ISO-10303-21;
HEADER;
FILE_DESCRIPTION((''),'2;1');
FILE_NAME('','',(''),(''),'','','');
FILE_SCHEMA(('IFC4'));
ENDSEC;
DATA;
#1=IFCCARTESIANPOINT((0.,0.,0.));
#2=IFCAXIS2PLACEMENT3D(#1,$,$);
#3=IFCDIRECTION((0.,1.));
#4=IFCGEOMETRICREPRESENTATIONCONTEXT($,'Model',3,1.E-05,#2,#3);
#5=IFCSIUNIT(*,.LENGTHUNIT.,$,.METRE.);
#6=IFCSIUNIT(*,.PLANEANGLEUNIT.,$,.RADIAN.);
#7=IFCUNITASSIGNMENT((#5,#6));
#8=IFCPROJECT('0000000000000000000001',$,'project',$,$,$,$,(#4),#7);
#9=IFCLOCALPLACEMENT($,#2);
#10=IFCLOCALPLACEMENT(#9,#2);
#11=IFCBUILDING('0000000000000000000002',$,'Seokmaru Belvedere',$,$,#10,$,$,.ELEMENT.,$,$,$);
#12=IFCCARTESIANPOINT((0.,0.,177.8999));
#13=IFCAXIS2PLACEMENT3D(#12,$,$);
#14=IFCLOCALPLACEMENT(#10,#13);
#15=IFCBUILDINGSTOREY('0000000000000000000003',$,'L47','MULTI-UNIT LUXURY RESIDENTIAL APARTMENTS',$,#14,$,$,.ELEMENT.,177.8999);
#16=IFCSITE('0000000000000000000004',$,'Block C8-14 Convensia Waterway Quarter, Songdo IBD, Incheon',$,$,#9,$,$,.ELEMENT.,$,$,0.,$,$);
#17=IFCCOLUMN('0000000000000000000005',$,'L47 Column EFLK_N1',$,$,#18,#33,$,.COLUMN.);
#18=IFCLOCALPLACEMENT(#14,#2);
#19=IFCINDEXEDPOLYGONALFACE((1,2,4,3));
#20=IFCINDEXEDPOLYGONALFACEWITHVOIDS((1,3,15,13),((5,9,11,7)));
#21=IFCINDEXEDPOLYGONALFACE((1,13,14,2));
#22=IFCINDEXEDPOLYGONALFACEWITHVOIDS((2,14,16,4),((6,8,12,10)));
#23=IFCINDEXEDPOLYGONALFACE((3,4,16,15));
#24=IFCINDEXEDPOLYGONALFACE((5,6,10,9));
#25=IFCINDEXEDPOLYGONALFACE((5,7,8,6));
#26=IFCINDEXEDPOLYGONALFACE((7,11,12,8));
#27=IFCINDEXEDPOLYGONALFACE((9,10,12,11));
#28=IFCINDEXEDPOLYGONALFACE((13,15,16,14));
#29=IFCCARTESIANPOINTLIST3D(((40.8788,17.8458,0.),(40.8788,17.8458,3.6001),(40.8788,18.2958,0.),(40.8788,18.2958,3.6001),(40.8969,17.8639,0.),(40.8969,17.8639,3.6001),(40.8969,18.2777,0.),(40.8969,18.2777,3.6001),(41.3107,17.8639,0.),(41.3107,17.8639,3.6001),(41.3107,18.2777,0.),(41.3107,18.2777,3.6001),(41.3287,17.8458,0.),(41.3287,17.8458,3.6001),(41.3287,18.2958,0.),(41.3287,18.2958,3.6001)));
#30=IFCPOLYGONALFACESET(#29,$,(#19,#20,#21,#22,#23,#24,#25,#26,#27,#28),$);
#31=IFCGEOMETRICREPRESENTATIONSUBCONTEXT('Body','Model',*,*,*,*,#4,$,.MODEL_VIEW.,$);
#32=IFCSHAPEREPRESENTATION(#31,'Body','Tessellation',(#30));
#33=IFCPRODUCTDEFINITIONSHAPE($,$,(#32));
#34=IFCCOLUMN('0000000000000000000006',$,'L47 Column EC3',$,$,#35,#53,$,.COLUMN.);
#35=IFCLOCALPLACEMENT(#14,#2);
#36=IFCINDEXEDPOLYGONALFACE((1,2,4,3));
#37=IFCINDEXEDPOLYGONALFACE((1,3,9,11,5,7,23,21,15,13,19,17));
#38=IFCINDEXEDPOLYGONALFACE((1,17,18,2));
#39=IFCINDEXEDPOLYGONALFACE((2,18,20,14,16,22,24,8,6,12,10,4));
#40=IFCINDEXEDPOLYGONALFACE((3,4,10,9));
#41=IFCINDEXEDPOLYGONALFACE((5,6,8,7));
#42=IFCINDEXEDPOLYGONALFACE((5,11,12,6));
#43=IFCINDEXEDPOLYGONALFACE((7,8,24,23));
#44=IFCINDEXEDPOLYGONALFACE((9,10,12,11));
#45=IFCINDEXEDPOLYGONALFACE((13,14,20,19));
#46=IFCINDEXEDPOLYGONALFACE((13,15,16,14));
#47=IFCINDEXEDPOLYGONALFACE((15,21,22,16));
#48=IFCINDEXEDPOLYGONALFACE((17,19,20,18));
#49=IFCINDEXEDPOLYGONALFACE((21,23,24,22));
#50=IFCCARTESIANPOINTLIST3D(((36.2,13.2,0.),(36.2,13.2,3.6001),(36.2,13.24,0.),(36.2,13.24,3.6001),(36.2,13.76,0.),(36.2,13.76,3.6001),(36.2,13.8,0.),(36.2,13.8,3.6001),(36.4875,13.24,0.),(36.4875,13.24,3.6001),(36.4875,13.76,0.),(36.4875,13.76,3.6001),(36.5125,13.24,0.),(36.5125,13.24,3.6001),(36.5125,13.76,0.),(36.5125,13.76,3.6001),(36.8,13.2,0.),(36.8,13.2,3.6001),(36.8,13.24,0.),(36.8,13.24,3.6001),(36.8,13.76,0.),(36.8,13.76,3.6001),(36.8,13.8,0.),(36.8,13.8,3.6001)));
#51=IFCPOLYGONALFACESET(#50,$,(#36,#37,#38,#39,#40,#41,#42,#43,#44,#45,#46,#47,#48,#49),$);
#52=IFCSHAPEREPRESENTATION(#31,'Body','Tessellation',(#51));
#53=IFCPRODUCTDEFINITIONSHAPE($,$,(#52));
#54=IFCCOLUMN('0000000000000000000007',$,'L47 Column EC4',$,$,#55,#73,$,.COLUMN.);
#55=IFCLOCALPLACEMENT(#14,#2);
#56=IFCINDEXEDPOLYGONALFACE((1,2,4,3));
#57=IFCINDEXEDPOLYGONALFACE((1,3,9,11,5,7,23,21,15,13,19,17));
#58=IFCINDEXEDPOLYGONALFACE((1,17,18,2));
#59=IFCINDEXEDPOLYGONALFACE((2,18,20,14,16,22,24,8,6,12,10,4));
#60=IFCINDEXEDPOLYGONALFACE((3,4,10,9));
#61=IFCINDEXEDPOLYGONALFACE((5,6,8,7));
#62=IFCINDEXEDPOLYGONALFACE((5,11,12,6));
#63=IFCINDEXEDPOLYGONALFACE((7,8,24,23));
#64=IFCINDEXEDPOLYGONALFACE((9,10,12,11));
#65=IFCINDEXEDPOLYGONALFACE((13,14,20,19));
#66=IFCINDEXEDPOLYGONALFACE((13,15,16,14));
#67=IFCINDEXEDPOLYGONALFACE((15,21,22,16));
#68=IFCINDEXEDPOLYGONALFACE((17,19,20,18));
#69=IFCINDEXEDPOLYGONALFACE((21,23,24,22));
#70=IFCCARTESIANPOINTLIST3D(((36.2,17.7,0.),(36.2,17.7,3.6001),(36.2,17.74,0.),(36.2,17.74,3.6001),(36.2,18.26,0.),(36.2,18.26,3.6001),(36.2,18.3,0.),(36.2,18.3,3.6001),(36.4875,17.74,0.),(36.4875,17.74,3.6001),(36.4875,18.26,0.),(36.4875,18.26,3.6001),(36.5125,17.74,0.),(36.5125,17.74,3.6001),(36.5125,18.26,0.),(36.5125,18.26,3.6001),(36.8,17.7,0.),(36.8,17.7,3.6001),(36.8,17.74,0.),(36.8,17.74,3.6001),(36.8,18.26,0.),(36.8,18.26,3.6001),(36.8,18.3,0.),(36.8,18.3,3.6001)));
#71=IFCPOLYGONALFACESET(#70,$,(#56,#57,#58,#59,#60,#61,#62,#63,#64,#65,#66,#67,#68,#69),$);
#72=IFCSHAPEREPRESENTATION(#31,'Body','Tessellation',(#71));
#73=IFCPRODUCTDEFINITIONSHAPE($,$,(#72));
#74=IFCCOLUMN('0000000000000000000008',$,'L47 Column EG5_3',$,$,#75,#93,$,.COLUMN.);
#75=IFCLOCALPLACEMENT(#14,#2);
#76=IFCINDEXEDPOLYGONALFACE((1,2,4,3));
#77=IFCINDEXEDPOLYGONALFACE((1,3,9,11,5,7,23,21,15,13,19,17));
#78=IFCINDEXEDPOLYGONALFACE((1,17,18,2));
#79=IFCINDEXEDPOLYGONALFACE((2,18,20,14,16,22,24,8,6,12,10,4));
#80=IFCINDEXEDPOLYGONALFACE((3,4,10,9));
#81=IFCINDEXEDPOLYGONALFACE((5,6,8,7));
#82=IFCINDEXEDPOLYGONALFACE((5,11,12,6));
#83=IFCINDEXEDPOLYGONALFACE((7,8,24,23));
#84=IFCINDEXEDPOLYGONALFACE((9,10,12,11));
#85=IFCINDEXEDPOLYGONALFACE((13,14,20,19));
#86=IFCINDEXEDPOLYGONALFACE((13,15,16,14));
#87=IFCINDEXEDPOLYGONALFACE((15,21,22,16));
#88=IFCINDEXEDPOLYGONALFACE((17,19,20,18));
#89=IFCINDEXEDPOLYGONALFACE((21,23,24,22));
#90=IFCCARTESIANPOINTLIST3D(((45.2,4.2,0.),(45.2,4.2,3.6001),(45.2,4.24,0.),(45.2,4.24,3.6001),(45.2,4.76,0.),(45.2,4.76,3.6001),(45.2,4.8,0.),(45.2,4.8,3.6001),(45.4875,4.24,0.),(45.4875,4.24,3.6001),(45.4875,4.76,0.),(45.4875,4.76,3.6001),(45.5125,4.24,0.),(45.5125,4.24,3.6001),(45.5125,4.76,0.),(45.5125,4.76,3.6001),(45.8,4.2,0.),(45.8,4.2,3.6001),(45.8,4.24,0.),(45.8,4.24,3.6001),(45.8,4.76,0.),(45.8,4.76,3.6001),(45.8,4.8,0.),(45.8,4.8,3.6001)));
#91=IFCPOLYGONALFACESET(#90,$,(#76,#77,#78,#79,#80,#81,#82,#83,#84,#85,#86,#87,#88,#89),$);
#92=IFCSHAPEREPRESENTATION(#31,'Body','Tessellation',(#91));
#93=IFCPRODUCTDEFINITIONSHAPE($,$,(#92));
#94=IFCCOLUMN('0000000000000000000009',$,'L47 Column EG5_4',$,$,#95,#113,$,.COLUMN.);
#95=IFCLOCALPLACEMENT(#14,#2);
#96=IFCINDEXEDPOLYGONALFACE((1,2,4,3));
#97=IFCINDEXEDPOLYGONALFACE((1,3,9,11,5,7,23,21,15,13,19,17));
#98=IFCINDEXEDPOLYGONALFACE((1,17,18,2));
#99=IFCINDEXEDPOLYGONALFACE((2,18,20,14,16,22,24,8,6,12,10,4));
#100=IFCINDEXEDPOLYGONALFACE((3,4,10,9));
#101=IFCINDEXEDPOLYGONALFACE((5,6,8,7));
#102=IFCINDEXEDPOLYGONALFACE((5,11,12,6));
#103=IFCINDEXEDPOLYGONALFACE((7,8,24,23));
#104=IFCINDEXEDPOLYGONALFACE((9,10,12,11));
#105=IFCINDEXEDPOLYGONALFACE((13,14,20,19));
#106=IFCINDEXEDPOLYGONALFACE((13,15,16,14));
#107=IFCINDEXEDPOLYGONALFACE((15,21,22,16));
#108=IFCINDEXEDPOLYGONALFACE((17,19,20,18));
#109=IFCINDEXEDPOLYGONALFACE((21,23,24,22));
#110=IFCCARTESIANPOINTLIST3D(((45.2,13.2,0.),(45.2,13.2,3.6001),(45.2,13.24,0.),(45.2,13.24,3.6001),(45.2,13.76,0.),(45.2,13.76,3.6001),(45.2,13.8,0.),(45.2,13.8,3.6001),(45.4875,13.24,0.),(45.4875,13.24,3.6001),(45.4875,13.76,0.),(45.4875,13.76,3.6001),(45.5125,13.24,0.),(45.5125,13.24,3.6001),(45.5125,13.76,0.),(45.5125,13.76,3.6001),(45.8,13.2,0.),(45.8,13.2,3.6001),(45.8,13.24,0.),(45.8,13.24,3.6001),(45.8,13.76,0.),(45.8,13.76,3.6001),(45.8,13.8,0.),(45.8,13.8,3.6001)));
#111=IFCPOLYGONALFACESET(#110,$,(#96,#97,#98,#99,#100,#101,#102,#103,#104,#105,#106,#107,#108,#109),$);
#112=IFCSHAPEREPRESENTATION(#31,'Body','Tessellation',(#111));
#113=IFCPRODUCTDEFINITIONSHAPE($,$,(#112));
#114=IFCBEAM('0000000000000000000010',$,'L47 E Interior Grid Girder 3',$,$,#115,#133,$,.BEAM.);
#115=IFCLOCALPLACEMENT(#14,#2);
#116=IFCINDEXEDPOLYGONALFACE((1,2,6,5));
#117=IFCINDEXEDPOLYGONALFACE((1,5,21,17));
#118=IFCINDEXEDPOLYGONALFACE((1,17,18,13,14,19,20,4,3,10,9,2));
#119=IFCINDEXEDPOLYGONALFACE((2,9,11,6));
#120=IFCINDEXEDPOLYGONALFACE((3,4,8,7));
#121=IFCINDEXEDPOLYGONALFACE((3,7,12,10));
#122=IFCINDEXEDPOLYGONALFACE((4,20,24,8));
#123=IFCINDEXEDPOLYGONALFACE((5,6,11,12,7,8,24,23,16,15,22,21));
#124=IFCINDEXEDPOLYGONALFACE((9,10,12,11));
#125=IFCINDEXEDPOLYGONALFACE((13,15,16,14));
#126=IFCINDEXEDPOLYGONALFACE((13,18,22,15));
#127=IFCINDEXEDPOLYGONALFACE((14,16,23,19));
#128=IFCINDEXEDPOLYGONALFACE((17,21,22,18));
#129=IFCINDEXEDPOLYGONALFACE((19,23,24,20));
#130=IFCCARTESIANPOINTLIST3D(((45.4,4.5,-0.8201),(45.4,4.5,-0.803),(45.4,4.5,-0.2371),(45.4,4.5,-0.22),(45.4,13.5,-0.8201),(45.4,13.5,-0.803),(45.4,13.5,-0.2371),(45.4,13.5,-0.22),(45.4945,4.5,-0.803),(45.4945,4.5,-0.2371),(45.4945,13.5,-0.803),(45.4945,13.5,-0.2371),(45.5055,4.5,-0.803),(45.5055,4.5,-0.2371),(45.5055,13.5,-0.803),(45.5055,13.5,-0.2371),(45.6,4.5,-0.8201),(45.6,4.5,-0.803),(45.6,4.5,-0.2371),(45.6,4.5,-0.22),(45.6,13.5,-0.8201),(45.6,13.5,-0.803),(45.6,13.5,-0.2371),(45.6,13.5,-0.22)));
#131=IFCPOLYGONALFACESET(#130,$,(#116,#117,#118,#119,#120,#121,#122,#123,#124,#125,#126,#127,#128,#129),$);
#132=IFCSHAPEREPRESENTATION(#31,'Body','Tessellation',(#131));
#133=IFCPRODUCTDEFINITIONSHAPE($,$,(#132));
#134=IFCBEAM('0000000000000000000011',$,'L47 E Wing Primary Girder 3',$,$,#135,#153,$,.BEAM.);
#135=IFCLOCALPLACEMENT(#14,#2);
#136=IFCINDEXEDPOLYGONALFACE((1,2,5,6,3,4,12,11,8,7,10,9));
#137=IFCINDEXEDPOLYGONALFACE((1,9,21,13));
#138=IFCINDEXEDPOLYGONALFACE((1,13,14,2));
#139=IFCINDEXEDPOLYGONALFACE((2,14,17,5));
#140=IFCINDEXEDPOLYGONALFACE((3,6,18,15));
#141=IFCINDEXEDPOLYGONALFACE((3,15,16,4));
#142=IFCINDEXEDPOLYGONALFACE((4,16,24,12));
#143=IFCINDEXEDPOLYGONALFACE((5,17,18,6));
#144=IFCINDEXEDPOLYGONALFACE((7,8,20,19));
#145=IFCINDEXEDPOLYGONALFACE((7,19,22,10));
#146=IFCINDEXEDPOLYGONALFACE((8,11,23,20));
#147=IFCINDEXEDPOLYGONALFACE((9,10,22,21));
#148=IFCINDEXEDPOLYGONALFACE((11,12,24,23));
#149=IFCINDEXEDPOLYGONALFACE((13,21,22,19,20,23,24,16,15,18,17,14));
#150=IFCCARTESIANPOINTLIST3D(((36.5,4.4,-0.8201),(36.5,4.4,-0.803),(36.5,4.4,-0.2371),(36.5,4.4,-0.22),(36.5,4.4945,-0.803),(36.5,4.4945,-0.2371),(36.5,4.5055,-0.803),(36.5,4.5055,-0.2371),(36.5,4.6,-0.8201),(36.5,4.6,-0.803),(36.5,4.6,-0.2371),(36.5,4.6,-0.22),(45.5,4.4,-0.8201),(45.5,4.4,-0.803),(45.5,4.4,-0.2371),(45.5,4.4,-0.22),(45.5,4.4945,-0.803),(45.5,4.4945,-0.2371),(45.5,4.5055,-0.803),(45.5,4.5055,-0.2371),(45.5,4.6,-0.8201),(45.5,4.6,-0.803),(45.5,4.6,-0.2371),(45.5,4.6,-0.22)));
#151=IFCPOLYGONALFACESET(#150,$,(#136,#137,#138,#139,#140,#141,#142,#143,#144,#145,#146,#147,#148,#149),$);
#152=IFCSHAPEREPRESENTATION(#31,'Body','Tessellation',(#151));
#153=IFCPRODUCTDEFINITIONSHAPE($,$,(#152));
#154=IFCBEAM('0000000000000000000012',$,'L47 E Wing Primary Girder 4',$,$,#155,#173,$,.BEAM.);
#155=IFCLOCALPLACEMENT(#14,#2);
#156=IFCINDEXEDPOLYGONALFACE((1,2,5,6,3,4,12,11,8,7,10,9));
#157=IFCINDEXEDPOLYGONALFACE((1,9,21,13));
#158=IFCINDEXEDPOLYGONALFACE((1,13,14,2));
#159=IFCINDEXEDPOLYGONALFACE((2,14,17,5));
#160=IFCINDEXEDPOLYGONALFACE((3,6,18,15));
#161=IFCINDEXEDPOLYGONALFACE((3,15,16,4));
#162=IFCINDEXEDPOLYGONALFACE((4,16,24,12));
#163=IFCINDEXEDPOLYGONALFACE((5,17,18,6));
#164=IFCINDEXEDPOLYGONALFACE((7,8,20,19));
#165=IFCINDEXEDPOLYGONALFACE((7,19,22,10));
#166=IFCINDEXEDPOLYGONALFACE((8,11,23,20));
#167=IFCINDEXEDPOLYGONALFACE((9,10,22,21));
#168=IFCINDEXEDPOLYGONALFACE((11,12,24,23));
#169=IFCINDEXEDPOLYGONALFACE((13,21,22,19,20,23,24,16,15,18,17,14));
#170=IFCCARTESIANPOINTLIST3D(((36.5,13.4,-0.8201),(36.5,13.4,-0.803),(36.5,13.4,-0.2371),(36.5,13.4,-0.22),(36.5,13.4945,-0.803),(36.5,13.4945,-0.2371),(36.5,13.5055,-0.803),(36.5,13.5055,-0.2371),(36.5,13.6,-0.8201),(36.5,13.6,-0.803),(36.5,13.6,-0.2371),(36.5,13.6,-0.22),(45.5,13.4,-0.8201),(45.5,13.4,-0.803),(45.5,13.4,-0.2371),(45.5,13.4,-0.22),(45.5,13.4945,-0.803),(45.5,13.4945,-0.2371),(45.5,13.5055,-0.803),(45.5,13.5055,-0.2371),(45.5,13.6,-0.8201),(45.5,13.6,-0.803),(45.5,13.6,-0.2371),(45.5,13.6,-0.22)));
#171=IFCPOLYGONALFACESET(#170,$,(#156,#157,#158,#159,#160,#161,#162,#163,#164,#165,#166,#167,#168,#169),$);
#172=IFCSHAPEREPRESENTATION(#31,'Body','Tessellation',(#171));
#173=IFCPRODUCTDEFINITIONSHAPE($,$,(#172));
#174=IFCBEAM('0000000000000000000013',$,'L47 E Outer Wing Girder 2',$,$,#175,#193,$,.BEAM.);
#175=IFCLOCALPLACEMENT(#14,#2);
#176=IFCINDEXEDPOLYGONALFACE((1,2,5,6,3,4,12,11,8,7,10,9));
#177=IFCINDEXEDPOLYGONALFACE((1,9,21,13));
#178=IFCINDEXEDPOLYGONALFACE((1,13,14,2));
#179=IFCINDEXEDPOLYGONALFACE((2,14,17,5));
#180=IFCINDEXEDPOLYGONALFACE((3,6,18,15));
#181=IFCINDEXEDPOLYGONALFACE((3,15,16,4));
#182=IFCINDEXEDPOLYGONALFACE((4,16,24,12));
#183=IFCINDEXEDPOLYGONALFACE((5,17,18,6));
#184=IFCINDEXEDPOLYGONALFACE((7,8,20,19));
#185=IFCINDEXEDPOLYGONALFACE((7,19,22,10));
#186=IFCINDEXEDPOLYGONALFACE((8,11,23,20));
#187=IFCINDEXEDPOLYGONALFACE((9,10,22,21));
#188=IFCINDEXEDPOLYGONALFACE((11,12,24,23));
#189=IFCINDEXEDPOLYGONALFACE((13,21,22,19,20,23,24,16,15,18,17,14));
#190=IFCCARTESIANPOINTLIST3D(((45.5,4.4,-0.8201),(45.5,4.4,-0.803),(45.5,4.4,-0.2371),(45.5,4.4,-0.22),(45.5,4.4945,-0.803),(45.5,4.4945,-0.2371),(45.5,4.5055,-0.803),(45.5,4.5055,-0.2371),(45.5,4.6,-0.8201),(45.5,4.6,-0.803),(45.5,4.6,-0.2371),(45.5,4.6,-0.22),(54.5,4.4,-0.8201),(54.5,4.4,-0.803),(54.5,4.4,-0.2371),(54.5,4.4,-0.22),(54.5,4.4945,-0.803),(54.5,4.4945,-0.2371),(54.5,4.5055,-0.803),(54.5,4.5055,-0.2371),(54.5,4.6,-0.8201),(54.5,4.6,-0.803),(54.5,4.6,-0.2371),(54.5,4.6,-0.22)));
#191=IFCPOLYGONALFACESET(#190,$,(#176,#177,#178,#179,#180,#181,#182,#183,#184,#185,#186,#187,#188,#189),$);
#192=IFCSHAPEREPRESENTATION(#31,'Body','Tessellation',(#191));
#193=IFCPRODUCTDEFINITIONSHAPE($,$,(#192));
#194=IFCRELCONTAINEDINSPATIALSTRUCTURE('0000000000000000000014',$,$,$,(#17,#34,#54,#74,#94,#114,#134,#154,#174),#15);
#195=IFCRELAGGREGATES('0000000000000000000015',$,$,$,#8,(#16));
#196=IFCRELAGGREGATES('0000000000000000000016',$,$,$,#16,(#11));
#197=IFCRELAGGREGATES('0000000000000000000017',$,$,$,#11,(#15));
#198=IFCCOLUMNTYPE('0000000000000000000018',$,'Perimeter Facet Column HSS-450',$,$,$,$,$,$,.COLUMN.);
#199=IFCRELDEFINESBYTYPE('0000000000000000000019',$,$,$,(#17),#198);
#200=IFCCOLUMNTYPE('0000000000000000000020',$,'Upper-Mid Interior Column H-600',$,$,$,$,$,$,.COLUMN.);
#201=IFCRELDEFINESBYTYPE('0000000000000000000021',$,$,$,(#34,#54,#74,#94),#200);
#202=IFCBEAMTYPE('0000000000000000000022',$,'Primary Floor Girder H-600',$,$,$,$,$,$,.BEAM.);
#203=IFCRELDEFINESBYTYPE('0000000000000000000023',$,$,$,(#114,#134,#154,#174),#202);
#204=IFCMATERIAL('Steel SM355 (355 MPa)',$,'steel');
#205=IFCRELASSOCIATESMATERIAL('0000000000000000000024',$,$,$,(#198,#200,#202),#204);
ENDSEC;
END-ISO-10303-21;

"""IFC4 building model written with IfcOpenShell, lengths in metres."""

from ifc_helpers import new_model, si_unit, direction, frame, origin, origin_2d, place, context, subcontext, project, spatial, hollow_rectangle, i_section, extrude, source, transform, mapped, material, material_profile, profile_set, type_object, type_shapes, element, save


model = new_model("IFC4")

# Units and contexts
model_context = context("Model", 3, precision=1e-05, world=origin(), true_north=direction((0.0, 1.0)))
body_context = subcontext(model_context, "Body", "Model", "MODEL_VIEW")
ifc_project = project(units=[si_unit("LENGTHUNIT", "METRE"), si_unit("PLANEANGLEUNIT", "RADIAN")], contexts=[model_context])

# Site, building, storey
site_placement = place(None, origin())
site = spatial("IfcSite", under=ifc_project, at=site_placement, Name="Block C8-14 Convensia Waterway Quarter, Songdo IBD, Incheon", CompositionType="ELEMENT", RefElevation=0.0)
building_placement = place(site_placement, origin())
building = spatial("IfcBuilding", under=site, at=building_placement, Name="Seokmaru Belvedere", CompositionType="ELEMENT")
storey_placement = place(building_placement, frame((0.0, 0.0, 177.8999)))
storey = spatial("IfcBuildingStorey", under=building, at=storey_placement, Name="L47", Description="MULTI-UNIT LUXURY RESIDENTIAL APARTMENTS", CompositionType="ELEMENT", Elevation=177.8999)

# Columns
ifc_material_1 = material(Name="Steel SM355 (355 MPa)", Category="steel")
ifc_material_profile_1 = material_profile(ifc_material_1, hollow_rectangle(XDim=0.45, YDim=0.45, WallThickness=0.0181, at=origin_2d()), Name="HSS-450x450x18")
ifc_profile_set_1 = profile_set([ifc_material_profile_1], Name="Steel SM355 (355 MPa)")
column_type_1 = type_object("IfcColumnType", Name="Perimeter Facet Column HSS-450", PredefinedType="COLUMN", material=ifc_profile_set_1)
shared_shape_1 = source(origin(), body_context, "Body", "SweptSolid", [
    extrude(hollow_rectangle(XDim=0.45, YDim=0.45, WallThickness=0.0181, at=origin_2d()), origin(), (0.0, 0.0, 1.0), 3.6001),
])
type_shapes(column_type_1, [shared_shape_1])
column_placement = place(storey_placement, frame((41.1038, 18.0708, 0.0), z_axis=(0.0, 0.0, 1.0), x_axis=(1.0, 0.0, 0.0)))
element("IfcColumn", 1, at=column_placement, inside=storey, type_object=column_type_1, Name="L47 Column EFLK_N1", PredefinedType="COLUMN", context=body_context, shape_type="MappedRepresentation", body=[
    mapped(shared_shape_1, transform((0.0, 0.0, 0.0), scale=1.0)),
])
ifc_material_profile_2 = material_profile(ifc_material_1, i_section(OverallWidth=0.6001, OverallDepth=0.6001, WebThickness=0.0249, FlangeThickness=0.04, at=origin_2d()), Name="H-600x600x25x40")
ifc_profile_set_2 = profile_set([ifc_material_profile_2], Name="Steel SM355 (355 MPa)")
column_type_2 = type_object("IfcColumnType", Name="Upper-Mid Interior Column H-600", PredefinedType="COLUMN", material=ifc_profile_set_2)
shared_shape_2 = source(origin(), body_context, "Body", "SweptSolid", [
    extrude(i_section(OverallWidth=0.6001, OverallDepth=0.6001, WebThickness=0.0249, FlangeThickness=0.04, at=origin_2d()), origin(), (0.0, 0.0, 1.0), 3.6001),
])
type_shapes(column_type_2, [shared_shape_2])
for number, where, z_axis, x_axis, name in (
    (2, (36.5, 13.5, 0.0), (0.0, 0.0, 1.0), (1.0, 0.0, 0.0), "L47 Column EC3"),
    (3, (36.5, 18.0, 0.0), (0.0, 0.0, 1.0), (1.0, 0.0, 0.0), "L47 Column EC4"),
    (4, (45.5, 4.5, 0.0), (0.0, 0.0, 1.0), (1.0, 0.0, 0.0), "L47 Column EG5_3"),
    (5, (45.5, 13.5, 0.0), (0.0, 0.0, 1.0), (1.0, 0.0, 0.0), "L47 Column EG5_4"),
):
    element("IfcColumn", number, at=place(storey_placement, frame(where, z_axis=z_axis, x_axis=x_axis)), inside=storey, type_object=column_type_2, Name=name, PredefinedType="COLUMN", context=body_context, shape_type="MappedRepresentation", body=[
        mapped(shared_shape_2, transform((0.0, 0.0, 0.0), scale=1.0)),
    ])

# Beams
ifc_material_profile_3 = material_profile(ifc_material_1, i_section(OverallWidth=0.2, OverallDepth=0.6001, WebThickness=0.011, FlangeThickness=0.0171, at=origin_2d()), Name="H-600x200x11x17")
ifc_profile_set_3 = profile_set([ifc_material_profile_3], Name="Steel SM355 (355 MPa)")
beam_type_1 = type_object("IfcBeamType", Name="Primary Floor Girder H-600", PredefinedType="BEAM", material=ifc_profile_set_3)
shared_shape_3 = source(origin(), body_context, "Body", "SweptSolid", [
    extrude(i_section(OverallWidth=0.2, OverallDepth=0.6001, WebThickness=0.011, FlangeThickness=0.0171, at=origin_2d()), origin(), (0.0, 0.0, 1.0), 9.0),
])
for number, where, z_axis, x_axis, name in (
    (6, (45.5, 4.5, -0.52), (0.0, 1.0, 0.0), (-1.0, 0.0, 0.0), "L47 E Interior Grid Girder 3"),
    (7, (36.5, 4.5, -0.52), (1.0, 0.0, 0.0), (0.0, 1.0, 0.0), "L47 E Wing Primary Girder 3"),
    (8, (36.5, 13.5, -0.52), (1.0, 0.0, 0.0), (0.0, 1.0, 0.0), "L47 E Wing Primary Girder 4"),
    (9, (45.5, 4.5, -0.52), (1.0, 0.0, 0.0), (0.0, 1.0, 0.0), "L47 E Outer Wing Girder 2"),
):
    element("IfcBeam", number, at=place(storey_placement, frame(where, z_axis=z_axis, x_axis=x_axis)), inside=storey, type_object=beam_type_1, Name=name, PredefinedType="BEAM", context=body_context, shape_type="MappedRepresentation", body=[
        mapped(shared_shape_3, transform((0.0, 0.0, 0.0), scale=1.0)),
    ])

save(model, "model.ifc")
